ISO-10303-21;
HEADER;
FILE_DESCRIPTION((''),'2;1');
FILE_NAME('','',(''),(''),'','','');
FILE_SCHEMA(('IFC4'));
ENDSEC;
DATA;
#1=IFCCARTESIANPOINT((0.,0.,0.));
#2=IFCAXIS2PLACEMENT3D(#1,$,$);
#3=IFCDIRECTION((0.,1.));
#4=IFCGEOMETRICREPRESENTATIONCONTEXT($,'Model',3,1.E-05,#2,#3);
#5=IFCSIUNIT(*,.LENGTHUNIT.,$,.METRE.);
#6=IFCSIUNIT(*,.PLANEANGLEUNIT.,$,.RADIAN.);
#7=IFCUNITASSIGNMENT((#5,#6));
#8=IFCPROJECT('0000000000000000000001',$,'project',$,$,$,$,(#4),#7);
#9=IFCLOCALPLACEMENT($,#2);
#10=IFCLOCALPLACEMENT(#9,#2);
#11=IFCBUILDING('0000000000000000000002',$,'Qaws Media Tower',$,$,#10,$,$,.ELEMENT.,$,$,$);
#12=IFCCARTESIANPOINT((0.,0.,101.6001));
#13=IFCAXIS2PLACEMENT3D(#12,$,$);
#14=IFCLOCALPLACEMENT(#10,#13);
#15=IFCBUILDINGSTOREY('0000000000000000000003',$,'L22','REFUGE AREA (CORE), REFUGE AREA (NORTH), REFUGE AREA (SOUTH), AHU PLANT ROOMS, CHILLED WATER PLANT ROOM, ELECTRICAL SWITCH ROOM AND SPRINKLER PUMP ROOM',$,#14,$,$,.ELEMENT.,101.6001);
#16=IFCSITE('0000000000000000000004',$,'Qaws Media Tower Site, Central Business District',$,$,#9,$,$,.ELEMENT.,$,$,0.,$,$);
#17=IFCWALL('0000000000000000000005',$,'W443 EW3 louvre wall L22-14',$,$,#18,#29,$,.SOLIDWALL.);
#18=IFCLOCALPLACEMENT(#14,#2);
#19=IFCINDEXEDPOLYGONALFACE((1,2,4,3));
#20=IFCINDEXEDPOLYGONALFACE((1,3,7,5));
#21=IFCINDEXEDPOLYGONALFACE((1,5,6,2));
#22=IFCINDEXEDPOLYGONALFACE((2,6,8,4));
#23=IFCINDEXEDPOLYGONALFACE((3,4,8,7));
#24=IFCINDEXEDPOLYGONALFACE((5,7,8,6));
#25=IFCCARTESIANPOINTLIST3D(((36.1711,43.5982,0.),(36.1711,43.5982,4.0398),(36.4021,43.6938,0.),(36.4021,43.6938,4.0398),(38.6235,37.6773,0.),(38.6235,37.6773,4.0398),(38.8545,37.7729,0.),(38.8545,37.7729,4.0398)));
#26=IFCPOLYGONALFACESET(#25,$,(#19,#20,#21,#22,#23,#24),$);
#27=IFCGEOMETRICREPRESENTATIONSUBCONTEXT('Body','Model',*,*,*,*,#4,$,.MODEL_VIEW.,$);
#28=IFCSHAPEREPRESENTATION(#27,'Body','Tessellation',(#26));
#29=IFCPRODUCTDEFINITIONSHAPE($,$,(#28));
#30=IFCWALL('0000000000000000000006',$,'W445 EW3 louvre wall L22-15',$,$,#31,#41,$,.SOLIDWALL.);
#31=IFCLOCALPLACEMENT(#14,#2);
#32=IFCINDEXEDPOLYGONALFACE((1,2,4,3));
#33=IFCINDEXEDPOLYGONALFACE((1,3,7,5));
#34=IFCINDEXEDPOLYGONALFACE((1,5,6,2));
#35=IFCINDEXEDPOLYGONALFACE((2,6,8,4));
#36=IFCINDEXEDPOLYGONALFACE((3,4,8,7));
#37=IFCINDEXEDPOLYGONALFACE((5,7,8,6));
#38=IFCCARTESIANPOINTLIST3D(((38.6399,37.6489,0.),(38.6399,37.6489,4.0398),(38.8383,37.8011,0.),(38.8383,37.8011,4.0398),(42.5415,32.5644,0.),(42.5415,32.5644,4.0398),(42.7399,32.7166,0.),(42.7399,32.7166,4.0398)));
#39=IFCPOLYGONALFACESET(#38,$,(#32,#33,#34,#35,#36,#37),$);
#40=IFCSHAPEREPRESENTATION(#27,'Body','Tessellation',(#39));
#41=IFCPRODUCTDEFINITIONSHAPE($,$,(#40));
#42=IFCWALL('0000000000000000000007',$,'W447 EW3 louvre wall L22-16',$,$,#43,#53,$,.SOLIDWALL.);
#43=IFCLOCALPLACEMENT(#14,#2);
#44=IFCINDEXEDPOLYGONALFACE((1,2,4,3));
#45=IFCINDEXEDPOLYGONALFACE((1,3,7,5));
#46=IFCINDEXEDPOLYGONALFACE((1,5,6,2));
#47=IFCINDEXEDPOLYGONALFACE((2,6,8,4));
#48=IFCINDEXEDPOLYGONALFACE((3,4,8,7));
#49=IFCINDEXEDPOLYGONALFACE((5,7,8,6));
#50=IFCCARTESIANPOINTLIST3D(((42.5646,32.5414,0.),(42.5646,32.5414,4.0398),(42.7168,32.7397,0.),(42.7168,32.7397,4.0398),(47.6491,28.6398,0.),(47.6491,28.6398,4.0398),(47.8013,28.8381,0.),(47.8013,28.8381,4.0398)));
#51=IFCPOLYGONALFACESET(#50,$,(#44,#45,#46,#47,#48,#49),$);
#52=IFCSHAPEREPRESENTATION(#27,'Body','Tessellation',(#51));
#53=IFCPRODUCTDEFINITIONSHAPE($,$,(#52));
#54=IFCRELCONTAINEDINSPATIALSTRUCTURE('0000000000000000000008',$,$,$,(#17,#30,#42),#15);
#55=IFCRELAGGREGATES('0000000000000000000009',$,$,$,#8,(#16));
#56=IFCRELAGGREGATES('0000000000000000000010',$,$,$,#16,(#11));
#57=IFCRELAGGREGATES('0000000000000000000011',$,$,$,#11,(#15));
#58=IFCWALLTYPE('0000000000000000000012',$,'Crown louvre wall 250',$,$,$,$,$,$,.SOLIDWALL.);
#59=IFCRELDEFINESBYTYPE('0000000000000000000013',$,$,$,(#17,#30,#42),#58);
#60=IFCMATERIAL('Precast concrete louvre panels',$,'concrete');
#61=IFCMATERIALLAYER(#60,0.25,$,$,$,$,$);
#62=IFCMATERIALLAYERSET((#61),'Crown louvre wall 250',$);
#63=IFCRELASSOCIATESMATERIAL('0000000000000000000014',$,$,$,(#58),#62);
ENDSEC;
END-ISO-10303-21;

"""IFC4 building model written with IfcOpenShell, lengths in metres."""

from ifc_helpers import new_model, si_unit, direction, frame, frame_2d, origin, place, context, subcontext, project, spatial, rectangle, extrude, material, layer, layer_set, type_object, element, save


model = new_model("IFC4")

# Units and contexts
model_context = context("Model", 3, precision=1e-05, world=origin(), true_north=direction((0.0, 1.0)))
body_context = subcontext(model_context, "Body", "Model", "MODEL_VIEW")
ifc_project = project(units=[si_unit("LENGTHUNIT", "METRE"), si_unit("PLANEANGLEUNIT", "RADIAN")], contexts=[model_context])

# Site, building, storey
site_placement = place(None, origin())
site = spatial("IfcSite", under=ifc_project, at=site_placement, Name="Qaws Media Tower Site, Central Business District", CompositionType="ELEMENT", RefElevation=0.0)
building_placement = place(site_placement, origin())
building = spatial("IfcBuilding", under=site, at=building_placement, Name="Qaws Media Tower", CompositionType="ELEMENT")
storey_placement = place(building_placement, frame((0.0, 0.0, 101.6001)))
storey = spatial("IfcBuildingStorey", under=building, at=storey_placement, Name="L22", Description="REFUGE AREA (CORE), REFUGE AREA (NORTH), REFUGE AREA (SOUTH), AHU PLANT ROOMS, CHILLED WATER PLANT ROOM, ELECTRICAL SWITCH ROOM AND SPRINKLER PUMP ROOM", CompositionType="ELEMENT", Elevation=101.6001)

# Walls
ifc_material_1 = material(Name="Precast concrete louvre panels", Category="concrete")
ifc_layer_1 = layer(ifc_material_1, 0.25)
ifc_layer_set_1 = layer_set([ifc_layer_1], Name="Crown louvre wall 250")
wall_type = type_object("IfcWallType", Name="Crown louvre wall 250", PredefinedType="SOLIDWALL", material=ifc_layer_set_1)
wall_placement = place(storey_placement, frame((36.2866, 43.646, 0.0), z_axis=(0.0, 0.0, 1.0), x_axis=(0.382667, -0.923886, 0.0)))
element("IfcWall", 1, at=wall_placement, inside=storey, type_object=wall_type, Name="W443 EW3 louvre wall L22-14", PredefinedType="SOLIDWALL", context=body_context, shape_type="SweptSolid", body=[
    extrude(rectangle(XDim=6.4087, YDim=0.25, at=frame_2d((3.2043, 0.0))), origin(), (0.0, 0.0, 1.0), 4.0398),
])
for number, where, z_axis, x_axis, name in (
    (2, (38.739, 37.7251, 0.0), (0.0, 0.0, 1.0), (0.608777, -0.793341, 0.0), "W445 EW3 louvre wall L22-15"),
    (3, (42.6406, 32.6406, 0.0), (0.0, 0.0, 1.0), (0.793341, -0.608777, 0.0), "W447 EW3 louvre wall L22-16"),
):
    element("IfcWall", number, at=place(storey_placement, frame(where, z_axis=z_axis, x_axis=x_axis)), inside=storey, type_object=wall_type, Name=name, PredefinedType="SOLIDWALL", context=body_context, shape_type="SweptSolid", body=[
        extrude(rectangle(XDim=6.4089, YDim=0.25, at=frame_2d((3.2046, 0.0))), origin(), (0.0, 0.0, 1.0), 4.0398),
    ])

save(model, "model.ifc")
